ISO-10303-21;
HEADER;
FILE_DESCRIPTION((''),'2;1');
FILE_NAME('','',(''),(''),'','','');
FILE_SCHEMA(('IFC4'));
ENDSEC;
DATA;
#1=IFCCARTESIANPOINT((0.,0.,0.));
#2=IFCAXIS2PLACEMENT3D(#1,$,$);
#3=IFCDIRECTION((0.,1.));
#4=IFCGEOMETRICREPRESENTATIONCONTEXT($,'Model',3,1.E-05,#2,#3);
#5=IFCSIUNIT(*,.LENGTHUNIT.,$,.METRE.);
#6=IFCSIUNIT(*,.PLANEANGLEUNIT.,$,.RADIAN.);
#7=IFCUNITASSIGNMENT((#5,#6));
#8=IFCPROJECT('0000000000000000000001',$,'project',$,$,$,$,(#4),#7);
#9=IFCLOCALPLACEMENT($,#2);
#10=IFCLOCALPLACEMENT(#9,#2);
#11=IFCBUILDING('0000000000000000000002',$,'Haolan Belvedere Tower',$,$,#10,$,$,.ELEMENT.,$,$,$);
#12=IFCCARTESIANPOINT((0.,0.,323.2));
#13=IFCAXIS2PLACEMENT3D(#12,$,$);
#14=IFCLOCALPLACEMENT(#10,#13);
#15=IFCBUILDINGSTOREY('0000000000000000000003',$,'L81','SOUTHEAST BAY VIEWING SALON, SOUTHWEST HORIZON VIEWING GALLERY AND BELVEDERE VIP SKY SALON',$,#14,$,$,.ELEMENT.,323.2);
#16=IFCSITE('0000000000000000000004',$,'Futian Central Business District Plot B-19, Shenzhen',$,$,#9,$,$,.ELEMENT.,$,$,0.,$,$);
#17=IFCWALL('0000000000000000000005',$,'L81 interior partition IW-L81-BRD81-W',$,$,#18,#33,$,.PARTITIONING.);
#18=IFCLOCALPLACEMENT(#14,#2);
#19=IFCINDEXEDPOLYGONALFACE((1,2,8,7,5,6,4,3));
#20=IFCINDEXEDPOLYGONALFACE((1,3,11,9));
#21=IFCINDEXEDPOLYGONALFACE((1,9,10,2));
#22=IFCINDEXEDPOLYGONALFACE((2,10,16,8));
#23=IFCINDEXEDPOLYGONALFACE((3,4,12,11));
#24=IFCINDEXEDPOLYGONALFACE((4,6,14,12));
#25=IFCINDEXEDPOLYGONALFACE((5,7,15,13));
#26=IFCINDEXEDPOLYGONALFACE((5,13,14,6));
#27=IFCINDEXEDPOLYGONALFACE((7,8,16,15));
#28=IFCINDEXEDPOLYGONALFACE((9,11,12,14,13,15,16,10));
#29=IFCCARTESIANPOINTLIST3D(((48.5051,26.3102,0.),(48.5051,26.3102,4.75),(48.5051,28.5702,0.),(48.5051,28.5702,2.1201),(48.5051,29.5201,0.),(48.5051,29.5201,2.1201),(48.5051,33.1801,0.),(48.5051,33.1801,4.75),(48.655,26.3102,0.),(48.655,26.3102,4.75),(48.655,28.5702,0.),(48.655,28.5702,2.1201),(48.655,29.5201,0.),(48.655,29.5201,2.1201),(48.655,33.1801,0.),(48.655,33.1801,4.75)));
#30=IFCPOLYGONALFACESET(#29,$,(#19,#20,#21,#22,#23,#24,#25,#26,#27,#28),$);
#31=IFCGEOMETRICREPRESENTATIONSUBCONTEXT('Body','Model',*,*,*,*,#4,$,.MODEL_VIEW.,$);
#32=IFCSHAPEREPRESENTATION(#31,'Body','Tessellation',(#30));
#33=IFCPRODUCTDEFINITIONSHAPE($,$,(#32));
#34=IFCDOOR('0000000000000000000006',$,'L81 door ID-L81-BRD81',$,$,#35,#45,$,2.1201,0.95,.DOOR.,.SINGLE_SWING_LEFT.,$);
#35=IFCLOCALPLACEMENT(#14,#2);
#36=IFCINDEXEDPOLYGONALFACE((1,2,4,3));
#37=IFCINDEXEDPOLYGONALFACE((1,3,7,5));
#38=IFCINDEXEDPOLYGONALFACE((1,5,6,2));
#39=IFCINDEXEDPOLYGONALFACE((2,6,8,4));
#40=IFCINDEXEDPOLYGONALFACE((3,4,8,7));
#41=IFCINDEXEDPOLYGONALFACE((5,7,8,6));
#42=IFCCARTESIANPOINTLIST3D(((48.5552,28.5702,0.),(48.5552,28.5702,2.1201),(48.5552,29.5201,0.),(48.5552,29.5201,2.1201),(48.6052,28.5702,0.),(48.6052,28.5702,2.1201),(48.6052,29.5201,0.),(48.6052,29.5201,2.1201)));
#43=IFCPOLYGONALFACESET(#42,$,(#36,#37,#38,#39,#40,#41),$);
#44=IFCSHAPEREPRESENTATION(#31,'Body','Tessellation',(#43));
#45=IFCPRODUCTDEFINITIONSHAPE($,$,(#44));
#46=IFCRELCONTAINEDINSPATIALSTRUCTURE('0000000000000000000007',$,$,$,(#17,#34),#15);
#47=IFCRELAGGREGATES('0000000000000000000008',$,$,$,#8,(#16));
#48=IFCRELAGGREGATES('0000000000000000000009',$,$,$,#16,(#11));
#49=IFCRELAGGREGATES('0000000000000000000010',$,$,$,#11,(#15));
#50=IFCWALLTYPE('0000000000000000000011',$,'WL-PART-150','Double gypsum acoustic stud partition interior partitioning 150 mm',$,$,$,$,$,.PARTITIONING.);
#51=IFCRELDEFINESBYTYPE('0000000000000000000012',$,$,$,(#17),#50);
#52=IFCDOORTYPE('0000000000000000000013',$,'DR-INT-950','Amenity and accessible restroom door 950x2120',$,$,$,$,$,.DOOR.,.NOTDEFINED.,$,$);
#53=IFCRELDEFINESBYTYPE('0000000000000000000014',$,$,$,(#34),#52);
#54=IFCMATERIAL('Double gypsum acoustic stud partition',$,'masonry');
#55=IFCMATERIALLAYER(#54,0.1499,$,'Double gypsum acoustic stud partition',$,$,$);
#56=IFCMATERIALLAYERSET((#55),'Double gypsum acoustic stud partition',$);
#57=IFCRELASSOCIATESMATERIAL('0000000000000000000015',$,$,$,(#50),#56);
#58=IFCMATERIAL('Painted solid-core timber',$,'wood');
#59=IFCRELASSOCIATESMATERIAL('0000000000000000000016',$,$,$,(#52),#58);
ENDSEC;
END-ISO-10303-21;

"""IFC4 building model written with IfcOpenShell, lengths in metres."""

from ifc_helpers import new_model, si_unit, direction, frame, frame_2d, origin, place, context, subcontext, project, spatial, rectangle, extrude, material, layer, layer_set, type_object, element, fill, save


model = new_model("IFC4")

# Units and contexts
model_context = context("Model", 3, precision=1e-05, world=origin(), true_north=direction((0.0, 1.0)))
body_context = subcontext(model_context, "Body", "Model", "MODEL_VIEW")
ifc_project = project(units=[si_unit("LENGTHUNIT", "METRE"), si_unit("PLANEANGLEUNIT", "RADIAN")], contexts=[model_context])

# Site, building, storey
site_placement = place(None, origin())
site = spatial("IfcSite", under=ifc_project, at=site_placement, Name="Futian Central Business District Plot B-19, Shenzhen", CompositionType="ELEMENT", RefElevation=0.0)
building_placement = place(site_placement, origin())
building = spatial("IfcBuilding", under=site, at=building_placement, Name="Haolan Belvedere Tower", CompositionType="ELEMENT")
storey_placement = place(building_placement, frame((0.0, 0.0, 323.2)))
storey = spatial("IfcBuildingStorey", under=building, at=storey_placement, Name="L81", Description="SOUTHEAST BAY VIEWING SALON, SOUTHWEST HORIZON VIEWING GALLERY AND BELVEDERE VIP SKY SALON", CompositionType="ELEMENT", Elevation=323.2)

# Shared definitions
ifc_material_1 = material(Name="Double gypsum acoustic stud partition", Category="masonry")
ifc_layer_1 = layer(ifc_material_1, 0.1499, Name="Double gypsum acoustic stud partition")
ifc_layer_set_1 = layer_set([ifc_layer_1], Name="Double gypsum acoustic stud partition")
wall_type_1 = type_object("IfcWallType", Name="WL-PART-150", Description="Double gypsum acoustic stud partition interior partitioning 150 mm", PredefinedType="PARTITIONING", material=ifc_layer_set_1)

# Wall, opening, door
wall_1_placement = place(storey_placement, frame((48.5801, 26.3101, 0.0), z_axis=(0.0, 0.0, 1.0), x_axis=(0.0, 1.0, 0.0)))
wall_1 = element("IfcWall", 1, at=wall_1_placement, inside=storey, type_object=wall_type_1, Name="L81 interior partition IW-L81-BRD81-W", PredefinedType="PARTITIONING", context=body_context, shape_type="SweptSolid", body=[
    extrude(rectangle(XDim=6.8699, YDim=0.1499, at=frame_2d((3.4351, 0.0))), origin(), (0.0, 0.0, 1.0), 4.75),
])
opening_1_placement = place(wall_1_placement, frame((2.26, 0.0, 0.0)))
opening_1 = element("IfcOpeningElement", 2, at=opening_1_placement, cuts=wall_1, PredefinedType="OPENING", context=body_context, shape_type="SweptSolid", body=[
    extrude(rectangle(XDim=0.95, YDim=2.1201, at=frame_2d((0.4751, 1.0601))), frame((0.0, 0.085, 0.0), z_axis=(0.0, -1.0, 0.0), x_axis=(1.0, 0.0, 0.0)), (0.0, 0.0, 1.0), 0.1699),
])
ifc_material_2 = material(Name="Painted solid-core timber", Category="wood")
door_type_1 = type_object("IfcDoorType", Name="DR-INT-950", Description="Amenity and accessible restroom door 950x2120", OperationType="NOTDEFINED", PredefinedType="DOOR", material=ifc_material_2)
door_1_placement = place(opening_1_placement, origin())
door_1 = element("IfcDoor", 3, at=door_1_placement, inside=storey, type_object=door_type_1, Name="L81 door ID-L81-BRD81", OperationType="SINGLE_SWING_LEFT", OverallHeight=2.1201, OverallWidth=0.95, PredefinedType="DOOR", context=body_context, shape_type="SweptSolid", body=[
    extrude(rectangle(XDim=0.95, YDim=2.1201, at=frame_2d((0.4751, 1.0601))), frame((0.0, 0.0249, 0.0), z_axis=(0.0, -1.0, 0.0), x_axis=(1.0, 0.0, 0.0)), (0.0, 0.0, 1.0), 0.05),
])
fill(opening_1, door_1)

save(model, "model.ifc")
